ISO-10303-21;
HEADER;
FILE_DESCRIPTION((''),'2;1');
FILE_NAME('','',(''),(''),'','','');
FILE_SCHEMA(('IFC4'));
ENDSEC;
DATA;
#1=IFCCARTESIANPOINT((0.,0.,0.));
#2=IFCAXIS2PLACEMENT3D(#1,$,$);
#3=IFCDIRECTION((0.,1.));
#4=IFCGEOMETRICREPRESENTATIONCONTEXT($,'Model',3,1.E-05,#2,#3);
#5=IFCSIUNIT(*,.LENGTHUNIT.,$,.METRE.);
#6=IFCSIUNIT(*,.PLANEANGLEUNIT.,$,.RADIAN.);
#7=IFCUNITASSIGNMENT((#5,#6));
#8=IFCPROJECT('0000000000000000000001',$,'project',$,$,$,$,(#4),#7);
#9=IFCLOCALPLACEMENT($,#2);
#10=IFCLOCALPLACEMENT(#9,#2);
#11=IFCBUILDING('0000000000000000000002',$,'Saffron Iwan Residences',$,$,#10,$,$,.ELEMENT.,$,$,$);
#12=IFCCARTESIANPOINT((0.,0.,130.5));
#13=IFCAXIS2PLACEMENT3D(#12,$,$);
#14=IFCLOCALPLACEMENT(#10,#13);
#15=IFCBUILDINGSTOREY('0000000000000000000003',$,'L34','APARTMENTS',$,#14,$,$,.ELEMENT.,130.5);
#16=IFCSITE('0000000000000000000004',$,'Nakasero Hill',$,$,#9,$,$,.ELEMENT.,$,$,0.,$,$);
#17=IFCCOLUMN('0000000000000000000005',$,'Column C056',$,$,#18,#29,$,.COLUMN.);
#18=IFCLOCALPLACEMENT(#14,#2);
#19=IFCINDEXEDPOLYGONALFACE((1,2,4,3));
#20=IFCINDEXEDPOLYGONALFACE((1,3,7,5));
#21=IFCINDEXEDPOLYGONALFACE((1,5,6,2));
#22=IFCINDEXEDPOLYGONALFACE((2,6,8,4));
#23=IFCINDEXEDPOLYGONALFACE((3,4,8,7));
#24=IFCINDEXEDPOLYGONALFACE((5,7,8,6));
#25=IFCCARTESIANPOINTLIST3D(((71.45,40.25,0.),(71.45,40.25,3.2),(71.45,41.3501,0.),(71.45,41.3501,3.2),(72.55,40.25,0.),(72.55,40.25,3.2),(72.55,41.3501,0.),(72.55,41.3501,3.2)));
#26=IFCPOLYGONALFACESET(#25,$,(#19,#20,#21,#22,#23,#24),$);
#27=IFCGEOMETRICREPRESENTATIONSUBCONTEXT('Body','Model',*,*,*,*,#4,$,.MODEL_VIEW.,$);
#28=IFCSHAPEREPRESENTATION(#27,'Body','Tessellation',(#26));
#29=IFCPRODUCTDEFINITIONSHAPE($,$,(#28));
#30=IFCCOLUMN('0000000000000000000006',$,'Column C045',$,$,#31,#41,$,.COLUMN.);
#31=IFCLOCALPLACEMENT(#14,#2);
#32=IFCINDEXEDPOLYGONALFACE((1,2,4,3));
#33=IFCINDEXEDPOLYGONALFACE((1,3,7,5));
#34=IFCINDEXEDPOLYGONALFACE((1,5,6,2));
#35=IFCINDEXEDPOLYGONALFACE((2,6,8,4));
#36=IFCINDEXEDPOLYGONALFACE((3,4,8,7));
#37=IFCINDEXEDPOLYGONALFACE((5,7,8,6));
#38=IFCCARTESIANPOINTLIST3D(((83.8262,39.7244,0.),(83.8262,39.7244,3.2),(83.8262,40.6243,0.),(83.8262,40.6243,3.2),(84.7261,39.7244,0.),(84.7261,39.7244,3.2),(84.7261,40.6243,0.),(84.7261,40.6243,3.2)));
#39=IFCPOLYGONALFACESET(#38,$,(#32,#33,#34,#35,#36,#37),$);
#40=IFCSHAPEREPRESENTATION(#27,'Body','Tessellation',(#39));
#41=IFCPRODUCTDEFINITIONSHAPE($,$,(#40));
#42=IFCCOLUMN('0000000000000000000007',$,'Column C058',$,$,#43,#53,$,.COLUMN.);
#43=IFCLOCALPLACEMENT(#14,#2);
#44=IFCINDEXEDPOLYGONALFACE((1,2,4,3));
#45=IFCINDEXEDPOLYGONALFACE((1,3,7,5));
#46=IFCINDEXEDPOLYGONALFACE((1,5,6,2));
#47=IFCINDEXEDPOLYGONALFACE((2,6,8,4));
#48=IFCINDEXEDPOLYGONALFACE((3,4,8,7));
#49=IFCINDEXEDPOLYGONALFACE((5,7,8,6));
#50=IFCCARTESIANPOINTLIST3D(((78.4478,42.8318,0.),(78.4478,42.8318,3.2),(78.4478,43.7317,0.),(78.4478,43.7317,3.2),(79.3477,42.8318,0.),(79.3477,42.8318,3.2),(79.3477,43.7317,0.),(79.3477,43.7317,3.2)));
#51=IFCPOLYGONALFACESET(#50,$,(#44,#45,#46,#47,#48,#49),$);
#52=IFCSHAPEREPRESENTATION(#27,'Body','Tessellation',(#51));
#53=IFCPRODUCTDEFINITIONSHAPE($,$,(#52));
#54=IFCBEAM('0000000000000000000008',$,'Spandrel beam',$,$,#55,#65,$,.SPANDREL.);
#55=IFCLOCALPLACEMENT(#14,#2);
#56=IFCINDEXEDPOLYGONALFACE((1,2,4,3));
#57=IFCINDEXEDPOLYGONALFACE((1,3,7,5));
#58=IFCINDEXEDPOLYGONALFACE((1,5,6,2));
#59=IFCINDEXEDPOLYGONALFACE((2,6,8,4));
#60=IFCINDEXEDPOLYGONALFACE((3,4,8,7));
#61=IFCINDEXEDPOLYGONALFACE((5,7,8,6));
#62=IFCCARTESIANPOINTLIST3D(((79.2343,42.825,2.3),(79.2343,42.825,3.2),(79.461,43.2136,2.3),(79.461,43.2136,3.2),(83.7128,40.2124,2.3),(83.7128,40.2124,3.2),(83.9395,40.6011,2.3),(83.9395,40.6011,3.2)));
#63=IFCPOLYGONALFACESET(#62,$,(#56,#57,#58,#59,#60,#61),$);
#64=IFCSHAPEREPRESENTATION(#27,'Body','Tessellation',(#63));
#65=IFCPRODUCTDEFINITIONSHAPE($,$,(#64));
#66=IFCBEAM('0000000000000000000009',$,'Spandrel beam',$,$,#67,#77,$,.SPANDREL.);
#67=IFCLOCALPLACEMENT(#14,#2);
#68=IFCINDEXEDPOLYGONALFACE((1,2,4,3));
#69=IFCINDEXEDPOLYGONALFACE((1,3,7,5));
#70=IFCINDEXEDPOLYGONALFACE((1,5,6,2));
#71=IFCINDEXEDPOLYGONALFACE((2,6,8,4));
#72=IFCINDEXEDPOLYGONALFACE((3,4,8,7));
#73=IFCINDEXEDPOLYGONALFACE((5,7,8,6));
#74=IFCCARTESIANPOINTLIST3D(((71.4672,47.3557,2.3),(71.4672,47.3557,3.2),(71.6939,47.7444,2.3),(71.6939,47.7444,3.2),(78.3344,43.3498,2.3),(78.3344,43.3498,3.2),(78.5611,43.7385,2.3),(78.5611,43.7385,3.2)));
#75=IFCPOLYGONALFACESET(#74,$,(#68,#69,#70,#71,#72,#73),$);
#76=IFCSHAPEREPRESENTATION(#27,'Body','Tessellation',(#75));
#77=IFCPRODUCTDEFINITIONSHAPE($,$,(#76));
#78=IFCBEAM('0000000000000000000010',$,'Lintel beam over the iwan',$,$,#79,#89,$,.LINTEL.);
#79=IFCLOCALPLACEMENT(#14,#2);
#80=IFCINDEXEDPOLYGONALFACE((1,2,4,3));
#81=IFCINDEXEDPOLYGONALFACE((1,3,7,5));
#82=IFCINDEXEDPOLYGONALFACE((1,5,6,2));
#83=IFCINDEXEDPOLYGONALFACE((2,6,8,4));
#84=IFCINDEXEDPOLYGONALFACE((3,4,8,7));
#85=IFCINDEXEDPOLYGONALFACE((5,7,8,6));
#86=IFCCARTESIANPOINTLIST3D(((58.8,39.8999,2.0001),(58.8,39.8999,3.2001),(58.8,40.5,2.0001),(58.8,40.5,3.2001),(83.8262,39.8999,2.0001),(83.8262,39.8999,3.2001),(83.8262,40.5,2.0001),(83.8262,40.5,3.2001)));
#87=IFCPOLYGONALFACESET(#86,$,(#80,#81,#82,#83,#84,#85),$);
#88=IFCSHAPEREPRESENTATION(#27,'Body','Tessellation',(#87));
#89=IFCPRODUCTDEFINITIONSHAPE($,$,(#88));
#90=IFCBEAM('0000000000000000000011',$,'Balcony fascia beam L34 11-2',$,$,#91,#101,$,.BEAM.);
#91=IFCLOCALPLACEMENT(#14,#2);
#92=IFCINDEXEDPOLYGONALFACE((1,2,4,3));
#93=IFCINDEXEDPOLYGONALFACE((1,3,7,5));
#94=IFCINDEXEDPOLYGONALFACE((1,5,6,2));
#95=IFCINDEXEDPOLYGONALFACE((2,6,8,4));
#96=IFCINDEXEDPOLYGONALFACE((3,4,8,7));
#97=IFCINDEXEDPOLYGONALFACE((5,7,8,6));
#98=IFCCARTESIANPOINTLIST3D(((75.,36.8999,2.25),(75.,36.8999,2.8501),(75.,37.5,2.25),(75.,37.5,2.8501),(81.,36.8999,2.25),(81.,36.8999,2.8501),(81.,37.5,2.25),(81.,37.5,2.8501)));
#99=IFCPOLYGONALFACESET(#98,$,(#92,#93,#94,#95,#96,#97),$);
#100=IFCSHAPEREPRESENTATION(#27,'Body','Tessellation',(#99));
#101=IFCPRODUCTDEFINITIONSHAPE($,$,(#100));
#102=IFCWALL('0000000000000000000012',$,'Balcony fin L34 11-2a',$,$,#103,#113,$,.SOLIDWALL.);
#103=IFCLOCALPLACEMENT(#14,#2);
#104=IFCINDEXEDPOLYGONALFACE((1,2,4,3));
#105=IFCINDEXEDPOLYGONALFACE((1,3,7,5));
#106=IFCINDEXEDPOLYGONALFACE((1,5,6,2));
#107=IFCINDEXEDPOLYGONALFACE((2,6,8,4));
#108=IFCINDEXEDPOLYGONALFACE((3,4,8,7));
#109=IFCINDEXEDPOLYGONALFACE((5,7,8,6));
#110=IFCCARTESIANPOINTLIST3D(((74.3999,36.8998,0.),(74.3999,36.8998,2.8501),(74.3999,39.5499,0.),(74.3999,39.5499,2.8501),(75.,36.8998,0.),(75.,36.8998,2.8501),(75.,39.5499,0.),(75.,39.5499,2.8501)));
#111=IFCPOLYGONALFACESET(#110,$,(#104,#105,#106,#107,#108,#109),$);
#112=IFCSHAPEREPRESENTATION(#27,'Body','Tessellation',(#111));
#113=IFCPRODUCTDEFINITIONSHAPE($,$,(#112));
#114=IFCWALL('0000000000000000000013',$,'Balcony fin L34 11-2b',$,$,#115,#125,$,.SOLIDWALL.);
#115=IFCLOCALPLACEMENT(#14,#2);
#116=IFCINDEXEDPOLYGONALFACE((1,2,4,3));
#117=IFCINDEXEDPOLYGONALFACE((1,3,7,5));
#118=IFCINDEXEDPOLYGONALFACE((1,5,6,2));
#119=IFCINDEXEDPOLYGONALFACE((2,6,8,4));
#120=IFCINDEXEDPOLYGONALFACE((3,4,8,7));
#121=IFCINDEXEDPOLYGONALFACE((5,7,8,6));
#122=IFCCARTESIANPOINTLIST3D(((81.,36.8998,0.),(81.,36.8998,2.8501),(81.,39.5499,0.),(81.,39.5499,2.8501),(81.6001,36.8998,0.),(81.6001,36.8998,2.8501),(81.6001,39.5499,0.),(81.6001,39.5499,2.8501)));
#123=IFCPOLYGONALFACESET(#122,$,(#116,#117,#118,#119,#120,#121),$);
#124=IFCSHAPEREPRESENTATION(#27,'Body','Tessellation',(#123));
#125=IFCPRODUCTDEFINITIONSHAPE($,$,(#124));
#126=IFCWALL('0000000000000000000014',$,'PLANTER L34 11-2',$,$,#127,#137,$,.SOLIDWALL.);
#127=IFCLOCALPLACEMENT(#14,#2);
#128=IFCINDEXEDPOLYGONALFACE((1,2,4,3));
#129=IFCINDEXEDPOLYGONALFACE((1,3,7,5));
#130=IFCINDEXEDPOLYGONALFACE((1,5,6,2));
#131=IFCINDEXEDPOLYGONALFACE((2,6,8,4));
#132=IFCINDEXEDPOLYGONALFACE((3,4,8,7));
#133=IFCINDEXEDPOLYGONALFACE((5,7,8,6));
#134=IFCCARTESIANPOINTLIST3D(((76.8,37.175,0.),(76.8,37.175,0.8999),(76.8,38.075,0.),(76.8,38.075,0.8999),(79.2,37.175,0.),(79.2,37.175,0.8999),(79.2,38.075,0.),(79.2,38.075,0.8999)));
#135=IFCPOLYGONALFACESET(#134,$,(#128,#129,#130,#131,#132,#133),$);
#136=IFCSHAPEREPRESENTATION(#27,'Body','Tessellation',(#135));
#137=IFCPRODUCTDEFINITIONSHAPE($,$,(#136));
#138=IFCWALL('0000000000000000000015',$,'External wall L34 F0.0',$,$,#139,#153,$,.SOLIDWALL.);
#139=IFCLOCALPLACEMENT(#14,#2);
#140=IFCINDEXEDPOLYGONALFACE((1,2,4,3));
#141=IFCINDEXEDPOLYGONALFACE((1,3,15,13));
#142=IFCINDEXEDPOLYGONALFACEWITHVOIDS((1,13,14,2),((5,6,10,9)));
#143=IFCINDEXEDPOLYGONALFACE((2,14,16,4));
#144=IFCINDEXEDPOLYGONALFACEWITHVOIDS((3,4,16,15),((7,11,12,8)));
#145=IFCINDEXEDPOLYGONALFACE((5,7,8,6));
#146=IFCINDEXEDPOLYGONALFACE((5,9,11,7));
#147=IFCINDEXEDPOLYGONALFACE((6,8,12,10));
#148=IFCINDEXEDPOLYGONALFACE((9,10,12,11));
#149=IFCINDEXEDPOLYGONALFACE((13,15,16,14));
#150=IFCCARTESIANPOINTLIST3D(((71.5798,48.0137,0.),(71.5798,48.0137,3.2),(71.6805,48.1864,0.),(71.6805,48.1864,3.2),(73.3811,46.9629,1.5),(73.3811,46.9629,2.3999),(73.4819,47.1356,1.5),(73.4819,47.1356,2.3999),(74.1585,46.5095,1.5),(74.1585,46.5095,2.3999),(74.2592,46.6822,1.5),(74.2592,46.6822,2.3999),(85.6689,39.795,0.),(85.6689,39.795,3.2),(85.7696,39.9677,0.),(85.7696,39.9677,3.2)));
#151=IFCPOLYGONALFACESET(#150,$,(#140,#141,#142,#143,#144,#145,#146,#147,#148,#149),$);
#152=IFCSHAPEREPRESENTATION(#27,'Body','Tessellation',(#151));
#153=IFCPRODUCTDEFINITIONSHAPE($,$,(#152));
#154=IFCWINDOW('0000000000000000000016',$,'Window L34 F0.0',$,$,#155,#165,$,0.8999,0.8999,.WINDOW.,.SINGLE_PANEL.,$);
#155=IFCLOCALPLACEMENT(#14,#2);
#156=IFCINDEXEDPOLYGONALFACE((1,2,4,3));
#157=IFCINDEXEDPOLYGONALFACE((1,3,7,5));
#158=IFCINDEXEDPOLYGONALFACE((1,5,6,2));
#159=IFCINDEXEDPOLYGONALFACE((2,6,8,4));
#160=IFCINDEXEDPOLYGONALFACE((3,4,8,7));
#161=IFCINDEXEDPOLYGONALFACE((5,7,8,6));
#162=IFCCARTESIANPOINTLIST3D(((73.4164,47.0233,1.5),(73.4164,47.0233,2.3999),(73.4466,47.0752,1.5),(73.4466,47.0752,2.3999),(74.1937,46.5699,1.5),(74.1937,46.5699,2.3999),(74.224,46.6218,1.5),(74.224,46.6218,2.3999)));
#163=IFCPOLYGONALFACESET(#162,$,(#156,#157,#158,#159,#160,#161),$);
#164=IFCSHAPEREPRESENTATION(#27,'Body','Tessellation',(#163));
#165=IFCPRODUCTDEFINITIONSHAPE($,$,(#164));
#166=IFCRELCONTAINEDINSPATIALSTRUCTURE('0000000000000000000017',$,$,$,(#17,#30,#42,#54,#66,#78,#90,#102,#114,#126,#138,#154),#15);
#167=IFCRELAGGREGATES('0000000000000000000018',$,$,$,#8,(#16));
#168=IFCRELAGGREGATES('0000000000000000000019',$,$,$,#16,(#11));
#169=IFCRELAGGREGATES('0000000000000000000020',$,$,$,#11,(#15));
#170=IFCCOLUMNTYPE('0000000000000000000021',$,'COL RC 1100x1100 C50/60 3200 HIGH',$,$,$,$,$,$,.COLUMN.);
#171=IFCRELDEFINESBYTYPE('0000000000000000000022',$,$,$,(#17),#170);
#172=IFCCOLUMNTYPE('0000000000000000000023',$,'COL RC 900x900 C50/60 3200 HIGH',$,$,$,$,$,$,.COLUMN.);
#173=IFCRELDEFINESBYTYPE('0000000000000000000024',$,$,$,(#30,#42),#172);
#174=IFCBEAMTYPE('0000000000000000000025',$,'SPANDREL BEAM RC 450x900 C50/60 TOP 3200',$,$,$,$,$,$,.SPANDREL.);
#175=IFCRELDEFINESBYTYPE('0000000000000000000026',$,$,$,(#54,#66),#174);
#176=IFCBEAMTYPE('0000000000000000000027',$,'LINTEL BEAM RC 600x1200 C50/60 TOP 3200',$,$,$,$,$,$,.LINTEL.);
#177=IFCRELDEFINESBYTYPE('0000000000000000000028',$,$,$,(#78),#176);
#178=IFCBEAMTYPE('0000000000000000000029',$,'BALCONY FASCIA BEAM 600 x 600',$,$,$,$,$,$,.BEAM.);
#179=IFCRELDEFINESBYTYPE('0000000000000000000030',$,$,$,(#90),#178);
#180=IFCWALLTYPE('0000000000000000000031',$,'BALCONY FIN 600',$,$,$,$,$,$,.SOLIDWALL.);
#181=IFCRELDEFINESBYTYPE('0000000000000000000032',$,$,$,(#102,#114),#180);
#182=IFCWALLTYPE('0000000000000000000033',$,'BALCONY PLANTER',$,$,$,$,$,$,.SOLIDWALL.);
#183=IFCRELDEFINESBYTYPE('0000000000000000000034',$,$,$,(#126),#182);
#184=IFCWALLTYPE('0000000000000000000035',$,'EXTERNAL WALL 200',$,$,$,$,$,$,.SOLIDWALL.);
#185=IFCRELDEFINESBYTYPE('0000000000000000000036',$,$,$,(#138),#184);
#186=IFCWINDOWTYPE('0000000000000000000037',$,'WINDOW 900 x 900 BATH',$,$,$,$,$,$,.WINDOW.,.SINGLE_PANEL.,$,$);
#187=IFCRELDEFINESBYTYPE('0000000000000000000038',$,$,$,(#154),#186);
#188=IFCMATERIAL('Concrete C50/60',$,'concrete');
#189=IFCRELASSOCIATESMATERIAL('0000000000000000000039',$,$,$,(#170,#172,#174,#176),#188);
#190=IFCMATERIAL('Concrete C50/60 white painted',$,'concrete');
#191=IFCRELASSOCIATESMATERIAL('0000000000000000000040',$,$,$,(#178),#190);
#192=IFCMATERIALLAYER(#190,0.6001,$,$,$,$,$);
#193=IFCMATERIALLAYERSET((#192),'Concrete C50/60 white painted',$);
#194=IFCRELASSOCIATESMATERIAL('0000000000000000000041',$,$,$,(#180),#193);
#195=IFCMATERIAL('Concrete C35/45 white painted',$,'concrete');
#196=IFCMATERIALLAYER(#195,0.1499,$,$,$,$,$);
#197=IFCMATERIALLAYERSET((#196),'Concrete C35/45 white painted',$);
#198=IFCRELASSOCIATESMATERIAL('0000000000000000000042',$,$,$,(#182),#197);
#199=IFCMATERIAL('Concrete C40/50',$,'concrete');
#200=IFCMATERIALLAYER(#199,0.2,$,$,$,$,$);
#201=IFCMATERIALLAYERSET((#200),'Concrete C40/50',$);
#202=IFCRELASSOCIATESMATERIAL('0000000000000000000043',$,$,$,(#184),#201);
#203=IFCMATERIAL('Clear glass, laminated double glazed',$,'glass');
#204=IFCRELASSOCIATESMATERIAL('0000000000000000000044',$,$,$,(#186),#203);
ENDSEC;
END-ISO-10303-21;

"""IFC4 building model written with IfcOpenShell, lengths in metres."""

from ifc_helpers import new_model, si_unit, direction, frame, frame_2d, origin, origin_2d, place, context, subcontext, project, spatial, rectangle, extrude, source, transform, mapped, material, layer, layer_set, material_profile, profile_set, type_object, element, fill, save


model = new_model("IFC4")

# Units and contexts
model_context = context("Model", 3, precision=1e-05, world=origin(), true_north=direction((0.0, 1.0)))
body_context = subcontext(model_context, "Body", "Model", "MODEL_VIEW")
ifc_project = project(units=[si_unit("LENGTHUNIT", "METRE"), si_unit("PLANEANGLEUNIT", "RADIAN")], contexts=[model_context])

# Site, building, storey
site_placement = place(None, origin())
site = spatial("IfcSite", under=ifc_project, at=site_placement, Name="Nakasero Hill", CompositionType="ELEMENT", RefElevation=0.0)
building_placement = place(site_placement, origin())
building = spatial("IfcBuilding", under=site, at=building_placement, Name="Saffron Iwan Residences", CompositionType="ELEMENT")
storey_placement = place(building_placement, frame((0.0, 0.0, 130.5)))
storey = spatial("IfcBuildingStorey", under=building, at=storey_placement, Name="L34", Description="APARTMENTS", CompositionType="ELEMENT", Elevation=130.5)

# Columns
ifc_material_1 = material(Name="Concrete C50/60", Category="concrete")
ifc_material_profile_1 = material_profile(ifc_material_1, rectangle(XDim=1.1001, YDim=1.1001, at=origin_2d()), Name="RC 1100x1100")
ifc_profile_set_1 = profile_set([ifc_material_profile_1], Name="Concrete C50/60")
column_type_1 = type_object("IfcColumnType", Name="COL RC 1100x1100 C50/60 3200 HIGH", PredefinedType="COLUMN", material=ifc_profile_set_1)
shared_shape_1 = source(origin(), body_context, "Body", "SweptSolid", [
    extrude(rectangle(XDim=1.1001, YDim=1.1001, at=origin_2d()), origin(), (0.0, 0.0, 1.0), 3.2),
])
column_placement = place(storey_placement, frame((72.0, 40.8, 0.0), z_axis=(0.0, 0.0, 1.0), x_axis=(1.0, 0.0, 0.0)))
element("IfcColumn", 1, at=column_placement, inside=storey, type_object=column_type_1, Name="Column C056", PredefinedType="COLUMN", context=body_context, shape_type="MappedRepresentation", body=[
    mapped(shared_shape_1, transform((0.0, 0.0, 0.0))),
])
ifc_material_profile_2 = material_profile(ifc_material_1, rectangle(XDim=0.8999, YDim=0.8999, at=origin_2d()), Name="RC 900x900")
ifc_profile_set_2 = profile_set([ifc_material_profile_2], Name="Concrete C50/60")
column_type_2 = type_object("IfcColumnType", Name="COL RC 900x900 C50/60 3200 HIGH", PredefinedType="COLUMN", material=ifc_profile_set_2)
shared_shape_2 = source(origin(), body_context, "Body", "SweptSolid", [
    extrude(rectangle(XDim=0.8999, YDim=0.8999, at=origin_2d()), origin(), (0.0, 0.0, 1.0), 3.2),
])
for number, where, z_axis, x_axis, name in (
    (2, (84.2761, 40.1743, 0.0), (0.0, 0.0, 1.0), (1.0, 0.0, 0.0), "Column C045"),
    (3, (78.8977, 43.2817, 0.0), (0.0, 0.0, 1.0), (1.0, 0.0, 0.0), "Column C058"),
):
    element("IfcColumn", number, at=place(storey_placement, frame(where, z_axis=z_axis, x_axis=x_axis)), inside=storey, type_object=column_type_2, Name=name, PredefinedType="COLUMN", context=body_context, shape_type="MappedRepresentation", body=[
        mapped(shared_shape_2, transform((0.0, 0.0, 0.0))),
    ])

# Beams
ifc_material_profile_3 = material_profile(ifc_material_1, rectangle(XDim=0.45, YDim=0.8999, at=origin_2d()), Name="RC 450x900")
ifc_profile_set_3 = profile_set([ifc_material_profile_3], Name="Concrete C50/60")
beam_type_1 = type_object("IfcBeamType", Name="SPANDREL BEAM RC 450x900 C50/60 TOP 3200", PredefinedType="SPANDREL", material=ifc_profile_set_3)
shared_shape_3 = source(origin(), body_context, "Body", "SweptSolid", [
    extrude(rectangle(XDim=0.45, YDim=0.8999, at=origin_2d()), origin(), (0.0, 0.0, 1.0), 5.1848),
])
beam_1_placement = place(storey_placement, frame((79.3477, 43.0193, 2.75), z_axis=(0.863772, -0.503883, 0.0), x_axis=(0.503883, 0.863772, 0.0)))
element("IfcBeam", 4, at=beam_1_placement, inside=storey, type_object=beam_type_1, Name="Spandrel beam", PredefinedType="SPANDREL", context=body_context, shape_type="MappedRepresentation", body=[
    mapped(shared_shape_3, transform((0.0, 0.0, 0.0))),
])
shared_shape_4 = source(origin(), body_context, "Body", "SweptSolid", [
    extrude(rectangle(XDim=0.45, YDim=0.8999, at=origin_2d()), origin(), (0.0, 0.0, 1.0), 7.9502),
])
beam_2_placement = place(storey_placement, frame((71.5806, 47.55, 2.75), z_axis=(0.863779, -0.503871, 0.0), x_axis=(0.503871, 0.863779, 0.0)))
element("IfcBeam", 5, at=beam_2_placement, inside=storey, type_object=beam_type_1, Name="Spandrel beam", PredefinedType="SPANDREL", context=body_context, shape_type="MappedRepresentation", body=[
    mapped(shared_shape_4, transform((0.0, 0.0, 0.0))),
])
ifc_material_profile_4 = material_profile(ifc_material_1, rectangle(XDim=0.6001, YDim=1.2, at=origin_2d()), Name="RC 600x1200")
ifc_profile_set_4 = profile_set([ifc_material_profile_4], Name="Concrete C50/60")
beam_type_2 = type_object("IfcBeamType", Name="LINTEL BEAM RC 600x1200 C50/60 TOP 3200", PredefinedType="LINTEL", material=ifc_profile_set_4)
shared_shape_5 = source(origin(), body_context, "Body", "SweptSolid", [
    extrude(rectangle(XDim=0.6001, YDim=1.2, at=origin_2d()), origin(), (0.0, 0.0, 1.0), 25.0261),
])
beam_3_placement = place(storey_placement, frame((83.8262, 40.2, 2.6001), z_axis=(-1.0, 0.0, 0.0), x_axis=(0.0, -1.0, 0.0)))
element("IfcBeam", 6, at=beam_3_placement, inside=storey, type_object=beam_type_2, Name="Lintel beam over the iwan", PredefinedType="LINTEL", context=body_context, shape_type="MappedRepresentation", body=[
    mapped(shared_shape_5, transform((0.0, 0.0, 0.0))),
])
ifc_material_2 = material(Name="Concrete C50/60 white painted", Category="concrete")
ifc_material_profile_5 = material_profile(ifc_material_2, rectangle(XDim=0.6001, YDim=0.6001, at=origin_2d()), Name="BALCONY FASCIA BEAM 600 x 600")
ifc_profile_set_5 = profile_set([ifc_material_profile_5], Name="Concrete C50/60 white painted")
beam_type_3 = type_object("IfcBeamType", Name="BALCONY FASCIA BEAM 600 x 600", PredefinedType="BEAM", material=ifc_profile_set_5)
shared_shape_6 = source(origin(), body_context, "Body", "SweptSolid", [
    extrude(rectangle(XDim=0.6001, YDim=0.6001, at=origin_2d()), origin(), (0.0, 0.0, 1.0), 6.0),
])
beam_4_placement = place(storey_placement, frame((75.0, 37.2, 2.55), z_axis=(1.0, 0.0, 0.0), x_axis=(0.0, 1.0, 0.0)))
element("IfcBeam", 7, at=beam_4_placement, inside=storey, type_object=beam_type_3, Name="Balcony fascia beam L34 11-2", PredefinedType="BEAM", context=body_context, shape_type="MappedRepresentation", body=[
    mapped(shared_shape_6, transform((0.0, 0.0, 0.0))),
])

# Walls
ifc_layer_1 = layer(ifc_material_2, 0.6001)
ifc_layer_set_1 = layer_set([ifc_layer_1], Name="Concrete C50/60 white painted")
wall_type_1 = type_object("IfcWallType", Name="BALCONY FIN 600", PredefinedType="SOLIDWALL", material=ifc_layer_set_1)
for number, where, z_axis, x_axis, name in (
    (8, (74.7, 39.55, 0.0), (0.0, 0.0, 1.0), (0.0, -1.0, 0.0), "Balcony fin L34 11-2a"),
    (9, (81.3, 39.55, 0.0), (0.0, 0.0, 1.0), (0.0, -1.0, 0.0), "Balcony fin L34 11-2b"),
):
    element("IfcWall", number, at=place(storey_placement, frame(where, z_axis=z_axis, x_axis=x_axis)), inside=storey, type_object=wall_type_1, Name=name, PredefinedType="SOLIDWALL", context=body_context, shape_type="SweptSolid", body=[
        extrude(rectangle(XDim=2.6501, YDim=0.6001, at=frame_2d((1.3252, 0.0))), origin(), (0.0, 0.0, 1.0), 2.8501),
    ])
ifc_material_3 = material(Name="Concrete C35/45 white painted", Category="concrete")
ifc_layer_2 = layer(ifc_material_3, 0.1499)
ifc_layer_set_2 = layer_set([ifc_layer_2], Name="Concrete C35/45 white painted")
wall_type_2 = type_object("IfcWallType", Name="BALCONY PLANTER", PredefinedType="SOLIDWALL", material=ifc_layer_set_2)
wall_1_placement = place(storey_placement, frame((76.8, 37.625, 0.0), z_axis=(0.0, 0.0, 1.0), x_axis=(1.0, 0.0, 0.0)))
element("IfcWall", 10, at=wall_1_placement, inside=storey, type_object=wall_type_2, Name="PLANTER L34 11-2", PredefinedType="SOLIDWALL", context=body_context, shape_type="SweptSolid", body=[
    extrude(rectangle(XDim=2.3999, YDim=0.8999, at=frame_2d((1.2, 0.0))), origin(), (0.0, 0.0, 1.0), 0.8999),
])

# Wall, opening, window
ifc_material_4 = material(Name="Concrete C40/50", Category="concrete")
ifc_layer_3 = layer(ifc_material_4, 0.2)
ifc_layer_set_3 = layer_set([ifc_layer_3], Name="Concrete C40/50")
wall_type_3 = type_object("IfcWallType", Name="EXTERNAL WALL 200", PredefinedType="SOLIDWALL", material=ifc_layer_set_3)
wall_2_placement = place(storey_placement, frame((85.7192, 39.8813, 0.0), z_axis=(0.0, 0.0, 1.0), x_axis=(-0.863776, 0.503876, 0.0)))
wall_2 = element("IfcWall", 11, at=wall_2_placement, inside=storey, type_object=wall_type_3, Name="External wall L34 F0.0", PredefinedType="SOLIDWALL", context=body_context, shape_type="SweptSolid", body=[
    extrude(rectangle(XDim=16.311, YDim=0.2, at=frame_2d((8.1555, 0.0))), origin(), (0.0, 0.0, 1.0), 3.2),
])
opening_1_placement = place(wall_2_placement, frame((13.3257, 0.0, 1.5)))
opening_1 = element("IfcOpeningElement", 12, at=opening_1_placement, cuts=wall_2, PredefinedType="OPENING", context=body_context, shape_type="SweptSolid", body=[
    extrude(rectangle(XDim=0.8999, YDim=0.8999, at=frame_2d((0.45, 0.45))), frame((0.0, 0.1099, 0.0), z_axis=(0.0, -1.0, 0.0), x_axis=(1.0, 0.0, 0.0)), (0.0, 0.0, 1.0), 0.22),
])
ifc_material_5 = material(Name="Clear glass, laminated double glazed", Category="glass")
window_type = type_object("IfcWindowType", Name="WINDOW 900 x 900 BATH", PartitioningType="SINGLE_PANEL", PredefinedType="WINDOW", material=ifc_material_5)
window_placement = place(opening_1_placement, origin())
window = element("IfcWindow", 13, at=window_placement, inside=storey, type_object=window_type, Name="Window L34 F0.0", OverallHeight=0.8999, OverallWidth=0.8999, PartitioningType="SINGLE_PANEL", PredefinedType="WINDOW", context=body_context, shape_type="SweptSolid", body=[
    extrude(rectangle(XDim=0.8999, YDim=0.8999, at=frame_2d((0.45, 0.45))), frame((0.0, 0.03, 0.0), z_axis=(0.0, -1.0, 0.0), x_axis=(1.0, 0.0, 0.0)), (0.0, 0.0, 1.0), 0.0601),
])
fill(opening_1, window)

save(model, "model.ifc")
